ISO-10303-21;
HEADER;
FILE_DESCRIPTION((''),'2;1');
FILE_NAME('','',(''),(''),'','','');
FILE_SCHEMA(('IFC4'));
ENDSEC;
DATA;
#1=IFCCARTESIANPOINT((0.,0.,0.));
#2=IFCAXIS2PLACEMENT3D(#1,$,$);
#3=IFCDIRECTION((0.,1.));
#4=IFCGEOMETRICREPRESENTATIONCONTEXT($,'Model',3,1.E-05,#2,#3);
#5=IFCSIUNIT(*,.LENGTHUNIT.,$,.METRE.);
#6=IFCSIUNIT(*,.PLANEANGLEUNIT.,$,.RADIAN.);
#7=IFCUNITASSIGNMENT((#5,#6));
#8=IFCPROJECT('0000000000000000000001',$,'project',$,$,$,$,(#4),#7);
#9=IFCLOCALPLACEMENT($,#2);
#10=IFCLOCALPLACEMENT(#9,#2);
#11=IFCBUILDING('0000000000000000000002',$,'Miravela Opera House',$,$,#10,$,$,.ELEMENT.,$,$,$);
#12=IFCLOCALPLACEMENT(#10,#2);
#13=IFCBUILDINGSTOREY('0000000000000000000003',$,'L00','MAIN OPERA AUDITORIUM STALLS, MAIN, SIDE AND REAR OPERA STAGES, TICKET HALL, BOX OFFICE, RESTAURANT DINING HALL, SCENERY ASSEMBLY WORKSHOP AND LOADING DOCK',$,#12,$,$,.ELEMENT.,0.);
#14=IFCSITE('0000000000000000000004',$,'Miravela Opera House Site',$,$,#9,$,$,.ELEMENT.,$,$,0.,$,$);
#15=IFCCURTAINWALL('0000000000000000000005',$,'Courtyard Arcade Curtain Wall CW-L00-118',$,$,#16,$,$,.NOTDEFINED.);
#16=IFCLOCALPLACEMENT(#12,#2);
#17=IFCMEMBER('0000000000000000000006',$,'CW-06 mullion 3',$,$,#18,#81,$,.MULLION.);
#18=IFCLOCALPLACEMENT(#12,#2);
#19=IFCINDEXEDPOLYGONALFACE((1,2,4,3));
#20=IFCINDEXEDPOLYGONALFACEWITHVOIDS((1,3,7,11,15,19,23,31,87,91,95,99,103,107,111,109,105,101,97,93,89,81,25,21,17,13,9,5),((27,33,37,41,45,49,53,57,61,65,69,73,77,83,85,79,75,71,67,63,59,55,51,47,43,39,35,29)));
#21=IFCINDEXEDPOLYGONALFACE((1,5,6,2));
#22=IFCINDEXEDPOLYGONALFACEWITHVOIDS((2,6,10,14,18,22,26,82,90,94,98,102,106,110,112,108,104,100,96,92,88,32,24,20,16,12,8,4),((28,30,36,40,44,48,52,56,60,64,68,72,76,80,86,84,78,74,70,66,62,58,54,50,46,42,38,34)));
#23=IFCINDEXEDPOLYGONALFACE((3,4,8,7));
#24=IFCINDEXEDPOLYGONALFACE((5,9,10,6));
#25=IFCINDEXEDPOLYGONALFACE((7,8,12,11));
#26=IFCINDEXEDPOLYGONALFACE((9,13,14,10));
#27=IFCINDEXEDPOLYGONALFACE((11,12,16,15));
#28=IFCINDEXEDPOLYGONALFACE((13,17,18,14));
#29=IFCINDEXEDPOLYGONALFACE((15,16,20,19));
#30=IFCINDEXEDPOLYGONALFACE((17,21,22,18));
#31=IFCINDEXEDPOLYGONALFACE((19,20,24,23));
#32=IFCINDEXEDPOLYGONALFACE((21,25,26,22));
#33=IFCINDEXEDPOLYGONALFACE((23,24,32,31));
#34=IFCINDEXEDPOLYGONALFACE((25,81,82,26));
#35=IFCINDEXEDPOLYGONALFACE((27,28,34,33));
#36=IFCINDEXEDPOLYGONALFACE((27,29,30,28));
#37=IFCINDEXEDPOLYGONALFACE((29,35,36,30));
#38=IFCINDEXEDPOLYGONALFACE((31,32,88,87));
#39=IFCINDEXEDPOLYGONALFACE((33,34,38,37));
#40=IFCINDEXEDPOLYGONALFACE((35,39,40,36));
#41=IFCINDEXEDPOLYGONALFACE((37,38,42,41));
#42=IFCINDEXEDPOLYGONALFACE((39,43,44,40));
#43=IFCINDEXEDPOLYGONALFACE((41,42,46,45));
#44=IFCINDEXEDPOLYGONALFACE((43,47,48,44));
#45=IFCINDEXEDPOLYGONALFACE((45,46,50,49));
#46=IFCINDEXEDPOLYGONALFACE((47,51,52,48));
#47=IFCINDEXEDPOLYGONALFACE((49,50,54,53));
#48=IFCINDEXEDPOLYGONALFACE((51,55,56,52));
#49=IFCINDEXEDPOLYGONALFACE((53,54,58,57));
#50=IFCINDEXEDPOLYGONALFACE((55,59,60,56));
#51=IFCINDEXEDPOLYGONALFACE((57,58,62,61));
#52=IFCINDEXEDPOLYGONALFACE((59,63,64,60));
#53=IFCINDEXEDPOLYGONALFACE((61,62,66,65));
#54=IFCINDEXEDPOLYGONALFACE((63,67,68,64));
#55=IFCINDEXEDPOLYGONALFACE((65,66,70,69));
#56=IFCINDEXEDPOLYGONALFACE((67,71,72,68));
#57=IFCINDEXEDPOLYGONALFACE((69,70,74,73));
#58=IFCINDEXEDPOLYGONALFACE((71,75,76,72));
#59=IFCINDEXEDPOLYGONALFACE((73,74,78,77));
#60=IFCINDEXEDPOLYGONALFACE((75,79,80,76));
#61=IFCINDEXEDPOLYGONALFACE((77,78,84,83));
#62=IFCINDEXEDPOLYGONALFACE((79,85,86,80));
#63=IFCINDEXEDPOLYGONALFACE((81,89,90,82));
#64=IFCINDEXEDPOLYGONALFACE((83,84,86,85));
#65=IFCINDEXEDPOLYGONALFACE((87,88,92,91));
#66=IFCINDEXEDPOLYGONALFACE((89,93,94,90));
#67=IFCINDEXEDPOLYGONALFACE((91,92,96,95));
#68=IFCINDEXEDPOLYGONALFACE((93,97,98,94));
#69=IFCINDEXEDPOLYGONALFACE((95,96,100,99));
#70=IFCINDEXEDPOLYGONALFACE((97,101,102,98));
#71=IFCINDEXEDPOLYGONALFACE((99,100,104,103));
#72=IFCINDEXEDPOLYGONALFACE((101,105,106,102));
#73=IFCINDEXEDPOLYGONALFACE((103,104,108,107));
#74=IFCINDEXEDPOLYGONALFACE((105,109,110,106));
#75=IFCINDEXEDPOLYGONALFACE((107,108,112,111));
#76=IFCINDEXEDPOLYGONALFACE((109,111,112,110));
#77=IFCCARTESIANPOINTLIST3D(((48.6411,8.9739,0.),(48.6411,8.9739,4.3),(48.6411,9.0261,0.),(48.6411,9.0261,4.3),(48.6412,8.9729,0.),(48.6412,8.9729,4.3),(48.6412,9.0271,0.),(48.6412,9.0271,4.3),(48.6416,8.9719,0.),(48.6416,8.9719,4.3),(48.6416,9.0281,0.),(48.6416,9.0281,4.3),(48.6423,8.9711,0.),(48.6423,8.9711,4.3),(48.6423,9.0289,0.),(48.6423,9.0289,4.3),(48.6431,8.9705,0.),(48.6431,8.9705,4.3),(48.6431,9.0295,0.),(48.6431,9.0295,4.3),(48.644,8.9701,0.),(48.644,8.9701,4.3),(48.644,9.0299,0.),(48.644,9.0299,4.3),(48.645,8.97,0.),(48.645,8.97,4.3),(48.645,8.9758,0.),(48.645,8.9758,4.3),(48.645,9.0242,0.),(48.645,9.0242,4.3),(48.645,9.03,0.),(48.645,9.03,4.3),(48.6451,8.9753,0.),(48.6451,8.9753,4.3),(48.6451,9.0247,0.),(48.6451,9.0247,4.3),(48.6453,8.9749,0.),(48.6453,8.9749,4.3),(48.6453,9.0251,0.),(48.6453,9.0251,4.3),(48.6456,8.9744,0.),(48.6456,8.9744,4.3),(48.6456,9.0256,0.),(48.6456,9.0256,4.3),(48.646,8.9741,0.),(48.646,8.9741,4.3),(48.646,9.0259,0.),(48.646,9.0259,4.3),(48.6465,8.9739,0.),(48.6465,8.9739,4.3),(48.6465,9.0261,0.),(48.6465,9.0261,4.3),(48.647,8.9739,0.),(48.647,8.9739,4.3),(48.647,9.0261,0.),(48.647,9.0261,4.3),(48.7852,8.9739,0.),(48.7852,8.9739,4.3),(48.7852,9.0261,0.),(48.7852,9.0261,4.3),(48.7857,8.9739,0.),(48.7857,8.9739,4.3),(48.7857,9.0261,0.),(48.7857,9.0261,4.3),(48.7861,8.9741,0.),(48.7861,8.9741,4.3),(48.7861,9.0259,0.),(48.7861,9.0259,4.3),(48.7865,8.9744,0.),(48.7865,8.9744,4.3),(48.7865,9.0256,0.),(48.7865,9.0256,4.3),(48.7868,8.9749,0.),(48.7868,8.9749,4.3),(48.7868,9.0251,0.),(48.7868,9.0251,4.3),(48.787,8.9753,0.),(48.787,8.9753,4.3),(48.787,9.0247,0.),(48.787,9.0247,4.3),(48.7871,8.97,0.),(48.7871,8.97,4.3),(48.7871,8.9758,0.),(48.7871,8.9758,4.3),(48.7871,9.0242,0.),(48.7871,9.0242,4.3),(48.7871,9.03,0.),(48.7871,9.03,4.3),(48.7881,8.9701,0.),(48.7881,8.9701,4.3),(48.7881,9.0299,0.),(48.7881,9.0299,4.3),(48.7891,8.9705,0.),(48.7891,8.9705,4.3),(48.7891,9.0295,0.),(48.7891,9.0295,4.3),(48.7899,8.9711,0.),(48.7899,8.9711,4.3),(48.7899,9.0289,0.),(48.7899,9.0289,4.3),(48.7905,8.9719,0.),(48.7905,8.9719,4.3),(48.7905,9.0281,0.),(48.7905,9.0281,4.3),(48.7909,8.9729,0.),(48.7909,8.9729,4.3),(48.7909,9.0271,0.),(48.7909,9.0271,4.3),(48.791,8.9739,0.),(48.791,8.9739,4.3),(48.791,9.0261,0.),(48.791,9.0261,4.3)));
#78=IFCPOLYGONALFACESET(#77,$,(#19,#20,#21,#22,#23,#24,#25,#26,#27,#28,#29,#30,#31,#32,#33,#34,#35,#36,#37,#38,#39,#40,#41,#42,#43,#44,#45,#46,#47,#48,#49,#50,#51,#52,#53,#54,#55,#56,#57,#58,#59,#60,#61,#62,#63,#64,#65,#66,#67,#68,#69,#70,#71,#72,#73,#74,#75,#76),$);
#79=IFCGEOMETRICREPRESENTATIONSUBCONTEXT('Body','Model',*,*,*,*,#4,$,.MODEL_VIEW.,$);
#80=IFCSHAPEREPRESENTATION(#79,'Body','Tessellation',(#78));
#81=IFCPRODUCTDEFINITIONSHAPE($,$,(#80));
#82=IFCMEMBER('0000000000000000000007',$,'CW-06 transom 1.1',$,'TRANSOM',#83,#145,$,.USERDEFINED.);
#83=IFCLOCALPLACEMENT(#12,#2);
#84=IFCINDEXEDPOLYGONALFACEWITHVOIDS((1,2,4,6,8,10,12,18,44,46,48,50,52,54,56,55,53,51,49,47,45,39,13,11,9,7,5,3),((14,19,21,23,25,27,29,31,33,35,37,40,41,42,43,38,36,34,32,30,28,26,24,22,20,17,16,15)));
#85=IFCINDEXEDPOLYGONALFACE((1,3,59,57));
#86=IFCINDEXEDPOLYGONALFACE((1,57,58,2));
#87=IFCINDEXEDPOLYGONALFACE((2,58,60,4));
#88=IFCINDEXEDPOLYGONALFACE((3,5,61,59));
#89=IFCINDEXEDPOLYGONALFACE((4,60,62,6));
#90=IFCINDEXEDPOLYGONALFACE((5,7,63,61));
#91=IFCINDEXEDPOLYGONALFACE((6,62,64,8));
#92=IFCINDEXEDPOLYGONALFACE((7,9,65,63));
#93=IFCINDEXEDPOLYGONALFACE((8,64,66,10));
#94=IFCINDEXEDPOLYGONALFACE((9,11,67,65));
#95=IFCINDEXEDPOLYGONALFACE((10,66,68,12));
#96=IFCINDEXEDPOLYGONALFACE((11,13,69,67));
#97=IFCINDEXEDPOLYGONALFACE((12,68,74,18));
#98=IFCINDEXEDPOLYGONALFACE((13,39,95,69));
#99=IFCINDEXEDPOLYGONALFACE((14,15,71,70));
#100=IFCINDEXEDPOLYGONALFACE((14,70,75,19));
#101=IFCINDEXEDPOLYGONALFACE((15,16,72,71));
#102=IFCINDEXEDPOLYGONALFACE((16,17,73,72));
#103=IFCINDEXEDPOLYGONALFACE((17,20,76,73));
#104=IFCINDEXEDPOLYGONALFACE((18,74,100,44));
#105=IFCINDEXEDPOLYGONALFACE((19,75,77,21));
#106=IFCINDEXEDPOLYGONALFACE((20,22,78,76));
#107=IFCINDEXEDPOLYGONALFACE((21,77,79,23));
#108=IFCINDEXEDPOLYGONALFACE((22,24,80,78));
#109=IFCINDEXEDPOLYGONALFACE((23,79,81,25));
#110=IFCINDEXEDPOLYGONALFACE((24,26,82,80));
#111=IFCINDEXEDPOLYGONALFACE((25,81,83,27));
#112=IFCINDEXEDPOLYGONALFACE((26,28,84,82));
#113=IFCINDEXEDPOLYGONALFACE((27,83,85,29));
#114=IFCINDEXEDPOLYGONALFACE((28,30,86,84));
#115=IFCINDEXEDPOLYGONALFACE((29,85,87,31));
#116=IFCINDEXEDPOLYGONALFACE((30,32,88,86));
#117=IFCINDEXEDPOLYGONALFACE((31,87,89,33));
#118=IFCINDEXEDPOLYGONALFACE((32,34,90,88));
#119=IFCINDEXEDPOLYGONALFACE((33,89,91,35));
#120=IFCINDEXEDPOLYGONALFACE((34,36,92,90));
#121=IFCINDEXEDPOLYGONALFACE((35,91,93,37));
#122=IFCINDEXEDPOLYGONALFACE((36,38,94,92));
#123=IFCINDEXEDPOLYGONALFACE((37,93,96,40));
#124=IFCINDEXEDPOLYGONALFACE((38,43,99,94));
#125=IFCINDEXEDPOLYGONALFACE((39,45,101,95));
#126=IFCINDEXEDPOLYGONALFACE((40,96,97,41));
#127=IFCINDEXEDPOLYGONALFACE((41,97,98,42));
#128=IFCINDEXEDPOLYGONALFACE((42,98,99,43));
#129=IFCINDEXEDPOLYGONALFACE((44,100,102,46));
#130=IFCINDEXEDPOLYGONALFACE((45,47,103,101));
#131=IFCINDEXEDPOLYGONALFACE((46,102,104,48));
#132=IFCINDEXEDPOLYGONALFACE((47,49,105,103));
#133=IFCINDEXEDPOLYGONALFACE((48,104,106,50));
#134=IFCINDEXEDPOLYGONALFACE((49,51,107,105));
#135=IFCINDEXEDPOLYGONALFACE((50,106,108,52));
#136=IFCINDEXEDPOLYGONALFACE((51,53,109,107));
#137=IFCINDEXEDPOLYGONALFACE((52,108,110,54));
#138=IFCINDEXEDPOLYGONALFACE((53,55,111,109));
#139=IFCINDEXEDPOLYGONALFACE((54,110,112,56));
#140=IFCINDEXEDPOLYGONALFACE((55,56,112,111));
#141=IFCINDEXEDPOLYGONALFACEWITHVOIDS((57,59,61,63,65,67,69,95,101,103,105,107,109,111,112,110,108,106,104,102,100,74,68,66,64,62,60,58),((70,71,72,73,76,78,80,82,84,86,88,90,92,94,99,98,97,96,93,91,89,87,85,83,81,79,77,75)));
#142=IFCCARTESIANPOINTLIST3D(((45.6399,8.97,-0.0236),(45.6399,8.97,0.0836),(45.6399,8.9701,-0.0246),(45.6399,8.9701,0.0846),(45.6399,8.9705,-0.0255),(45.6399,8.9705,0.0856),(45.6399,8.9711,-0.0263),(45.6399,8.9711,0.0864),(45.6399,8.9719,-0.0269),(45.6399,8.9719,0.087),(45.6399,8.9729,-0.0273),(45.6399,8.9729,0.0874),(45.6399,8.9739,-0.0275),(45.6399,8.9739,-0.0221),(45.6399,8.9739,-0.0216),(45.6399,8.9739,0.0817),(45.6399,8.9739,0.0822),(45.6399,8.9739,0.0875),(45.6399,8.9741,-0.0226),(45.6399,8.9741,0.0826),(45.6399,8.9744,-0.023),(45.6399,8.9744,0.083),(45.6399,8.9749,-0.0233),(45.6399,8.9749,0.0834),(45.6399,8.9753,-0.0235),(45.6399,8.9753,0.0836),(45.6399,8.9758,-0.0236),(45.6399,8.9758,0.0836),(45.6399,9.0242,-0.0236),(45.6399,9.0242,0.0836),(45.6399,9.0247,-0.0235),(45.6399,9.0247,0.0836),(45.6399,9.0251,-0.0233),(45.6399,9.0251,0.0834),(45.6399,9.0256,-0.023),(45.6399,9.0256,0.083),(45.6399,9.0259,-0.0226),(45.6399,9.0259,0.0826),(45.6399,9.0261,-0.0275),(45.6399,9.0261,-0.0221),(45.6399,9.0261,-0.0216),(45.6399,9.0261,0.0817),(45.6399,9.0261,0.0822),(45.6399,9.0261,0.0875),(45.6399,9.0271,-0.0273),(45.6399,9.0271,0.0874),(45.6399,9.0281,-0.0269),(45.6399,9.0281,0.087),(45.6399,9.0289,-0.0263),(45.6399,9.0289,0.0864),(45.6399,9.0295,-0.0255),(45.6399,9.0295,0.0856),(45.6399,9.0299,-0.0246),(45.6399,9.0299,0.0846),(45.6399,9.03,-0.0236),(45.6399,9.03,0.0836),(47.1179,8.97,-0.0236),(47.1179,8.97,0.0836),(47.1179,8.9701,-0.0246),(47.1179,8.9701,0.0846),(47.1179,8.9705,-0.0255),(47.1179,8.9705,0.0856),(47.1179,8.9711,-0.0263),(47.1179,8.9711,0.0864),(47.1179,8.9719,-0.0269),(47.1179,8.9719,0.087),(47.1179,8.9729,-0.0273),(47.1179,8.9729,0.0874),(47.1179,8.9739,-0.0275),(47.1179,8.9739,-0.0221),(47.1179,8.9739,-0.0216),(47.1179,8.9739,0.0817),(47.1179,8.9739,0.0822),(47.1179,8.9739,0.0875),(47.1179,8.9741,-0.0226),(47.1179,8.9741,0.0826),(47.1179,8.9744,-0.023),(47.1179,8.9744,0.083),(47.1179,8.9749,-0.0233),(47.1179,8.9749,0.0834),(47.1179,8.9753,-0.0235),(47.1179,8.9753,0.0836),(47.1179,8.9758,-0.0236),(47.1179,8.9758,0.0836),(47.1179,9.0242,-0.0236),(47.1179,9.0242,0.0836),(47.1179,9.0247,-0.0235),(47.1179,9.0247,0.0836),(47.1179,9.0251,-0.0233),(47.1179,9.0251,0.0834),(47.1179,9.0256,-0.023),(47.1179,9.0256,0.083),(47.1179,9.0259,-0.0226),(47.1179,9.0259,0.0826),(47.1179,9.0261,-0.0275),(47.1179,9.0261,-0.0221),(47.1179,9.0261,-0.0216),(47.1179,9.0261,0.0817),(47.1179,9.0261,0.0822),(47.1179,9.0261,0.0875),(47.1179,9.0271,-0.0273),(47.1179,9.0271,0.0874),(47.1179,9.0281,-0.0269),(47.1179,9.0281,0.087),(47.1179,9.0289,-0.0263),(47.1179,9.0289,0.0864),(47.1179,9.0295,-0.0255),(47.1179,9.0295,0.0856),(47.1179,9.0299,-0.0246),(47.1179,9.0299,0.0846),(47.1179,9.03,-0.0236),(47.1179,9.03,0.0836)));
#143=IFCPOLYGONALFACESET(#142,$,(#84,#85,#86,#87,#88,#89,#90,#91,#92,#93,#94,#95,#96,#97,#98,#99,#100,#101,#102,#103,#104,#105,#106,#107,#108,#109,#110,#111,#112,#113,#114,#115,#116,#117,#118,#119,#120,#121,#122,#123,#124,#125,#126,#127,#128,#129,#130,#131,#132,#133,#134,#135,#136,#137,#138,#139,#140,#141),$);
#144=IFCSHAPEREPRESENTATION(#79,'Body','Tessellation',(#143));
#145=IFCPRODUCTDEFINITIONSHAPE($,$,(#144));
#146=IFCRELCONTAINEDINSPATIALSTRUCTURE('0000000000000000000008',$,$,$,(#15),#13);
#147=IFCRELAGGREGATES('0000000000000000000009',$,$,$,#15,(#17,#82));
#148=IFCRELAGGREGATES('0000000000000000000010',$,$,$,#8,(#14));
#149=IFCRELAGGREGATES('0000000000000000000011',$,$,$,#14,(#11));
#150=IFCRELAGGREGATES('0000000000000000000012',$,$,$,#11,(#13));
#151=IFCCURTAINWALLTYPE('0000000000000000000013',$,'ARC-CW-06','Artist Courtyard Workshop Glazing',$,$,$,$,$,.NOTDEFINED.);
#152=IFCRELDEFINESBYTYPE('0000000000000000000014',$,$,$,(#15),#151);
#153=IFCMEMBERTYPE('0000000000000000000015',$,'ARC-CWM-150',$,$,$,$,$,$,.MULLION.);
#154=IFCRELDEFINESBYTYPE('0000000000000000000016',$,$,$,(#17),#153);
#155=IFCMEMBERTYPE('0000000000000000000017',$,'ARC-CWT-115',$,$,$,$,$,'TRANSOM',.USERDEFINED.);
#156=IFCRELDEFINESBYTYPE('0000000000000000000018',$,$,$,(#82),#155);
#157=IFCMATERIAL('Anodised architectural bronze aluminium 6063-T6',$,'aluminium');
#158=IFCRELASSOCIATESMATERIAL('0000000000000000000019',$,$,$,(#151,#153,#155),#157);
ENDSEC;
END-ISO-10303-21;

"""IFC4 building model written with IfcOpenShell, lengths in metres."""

from ifc_helpers import new_model, si_unit, direction, frame, origin, origin_2d, place, context, subcontext, project, spatial, hollow_rectangle, extrude, material, material_profile, profile_set, type_object, element, aggregate, save


model = new_model("IFC4")

# Units and contexts
model_context = context("Model", 3, precision=1e-05, world=origin(), true_north=direction((0.0, 1.0)))
body_context = subcontext(model_context, "Body", "Model", "MODEL_VIEW")
ifc_project = project(units=[si_unit("LENGTHUNIT", "METRE"), si_unit("PLANEANGLEUNIT", "RADIAN")], contexts=[model_context])

# Site, building, storey
site_placement = place(None, origin())
site = spatial("IfcSite", under=ifc_project, at=site_placement, Name="Miravela Opera House Site", CompositionType="ELEMENT", RefElevation=0.0)
building_placement = place(site_placement, origin())
building = spatial("IfcBuilding", under=site, at=building_placement, Name="Miravela Opera House", CompositionType="ELEMENT")
storey_placement = place(building_placement, origin())
storey = spatial("IfcBuildingStorey", under=building, at=storey_placement, Name="L00", Description="MAIN OPERA AUDITORIUM STALLS, MAIN, SIDE AND REAR OPERA STAGES, TICKET HALL, BOX OFFICE, RESTAURANT DINING HALL, SCENERY ASSEMBLY WORKSHOP AND LOADING DOCK", CompositionType="ELEMENT", Elevation=0.0)

# Curtain wall, members
ifc_material_1 = material(Name="Anodised architectural bronze aluminium 6063-T6", Category="aluminium")
curtain_wall_type = type_object("IfcCurtainWallType", Name="ARC-CW-06", Description="Artist Courtyard Workshop Glazing", PredefinedType="NOTDEFINED", material=ifc_material_1)
curtain_wall_placement = place(storey_placement, origin())
curtain_wall = element("IfcCurtainWall", 1, at=curtain_wall_placement, inside=storey, type_object=curtain_wall_type, Name="Courtyard Arcade Curtain Wall CW-L00-118", PredefinedType="NOTDEFINED")
ifc_material_profile_1 = material_profile(ifc_material_1, hollow_rectangle(XDim=0.0601, YDim=0.1499, WallThickness=0.0039, InnerFilletRadius=0.002, OuterFilletRadius=0.0039, at=origin_2d()), Name="CWM-60X150")
ifc_profile_set_1 = profile_set([ifc_material_profile_1])
member_type_1 = type_object("IfcMemberType", Name="ARC-CWM-150", PredefinedType="MULLION", material=ifc_profile_set_1)
member_1_placement = place(storey_placement, frame((48.7161, 9.0, 0.0), z_axis=(0.0, 0.0, 1.0), x_axis=(0.0, 1.0, 0.0)))
member_1 = element("IfcMember", 2, at=member_1_placement, type_object=member_type_1, Name="CW-06 mullion 3", PredefinedType="MULLION", context=body_context, shape_type="SweptSolid", body=[
    extrude(hollow_rectangle(XDim=0.0601, YDim=0.1499, WallThickness=0.0039, InnerFilletRadius=0.002, OuterFilletRadius=0.0039, at=origin_2d()), origin(), (0.0, 0.0, 1.0), 4.3),
])
ifc_material_profile_2 = material_profile(ifc_material_1, hollow_rectangle(XDim=0.0601, YDim=0.115, WallThickness=0.0039, InnerFilletRadius=0.002, OuterFilletRadius=0.0039, at=origin_2d()), Name="CWT-60X115")
ifc_profile_set_2 = profile_set([ifc_material_profile_2])
member_type_2 = type_object("IfcMemberType", Name="ARC-CWT-115", ElementType="TRANSOM", PredefinedType="USERDEFINED", material=ifc_profile_set_2)
member_2_placement = place(storey_placement, frame((45.6399, 9.0, 0.03), z_axis=(1.0, 0.0, 0.0), x_axis=(0.0, 1.0, 0.0)))
member_2 = element("IfcMember", 3, at=member_2_placement, type_object=member_type_2, Name="CW-06 transom 1.1", ObjectType="TRANSOM", PredefinedType="USERDEFINED", context=body_context, shape_type="SweptSolid", body=[
    extrude(hollow_rectangle(XDim=0.0601, YDim=0.115, WallThickness=0.0039, InnerFilletRadius=0.002, OuterFilletRadius=0.0039, at=origin_2d()), origin(), (0.0, 0.0, 1.0), 1.478),
])

aggregate(curtain_wall, [member_1, member_2])

save(model, "model.ifc")
